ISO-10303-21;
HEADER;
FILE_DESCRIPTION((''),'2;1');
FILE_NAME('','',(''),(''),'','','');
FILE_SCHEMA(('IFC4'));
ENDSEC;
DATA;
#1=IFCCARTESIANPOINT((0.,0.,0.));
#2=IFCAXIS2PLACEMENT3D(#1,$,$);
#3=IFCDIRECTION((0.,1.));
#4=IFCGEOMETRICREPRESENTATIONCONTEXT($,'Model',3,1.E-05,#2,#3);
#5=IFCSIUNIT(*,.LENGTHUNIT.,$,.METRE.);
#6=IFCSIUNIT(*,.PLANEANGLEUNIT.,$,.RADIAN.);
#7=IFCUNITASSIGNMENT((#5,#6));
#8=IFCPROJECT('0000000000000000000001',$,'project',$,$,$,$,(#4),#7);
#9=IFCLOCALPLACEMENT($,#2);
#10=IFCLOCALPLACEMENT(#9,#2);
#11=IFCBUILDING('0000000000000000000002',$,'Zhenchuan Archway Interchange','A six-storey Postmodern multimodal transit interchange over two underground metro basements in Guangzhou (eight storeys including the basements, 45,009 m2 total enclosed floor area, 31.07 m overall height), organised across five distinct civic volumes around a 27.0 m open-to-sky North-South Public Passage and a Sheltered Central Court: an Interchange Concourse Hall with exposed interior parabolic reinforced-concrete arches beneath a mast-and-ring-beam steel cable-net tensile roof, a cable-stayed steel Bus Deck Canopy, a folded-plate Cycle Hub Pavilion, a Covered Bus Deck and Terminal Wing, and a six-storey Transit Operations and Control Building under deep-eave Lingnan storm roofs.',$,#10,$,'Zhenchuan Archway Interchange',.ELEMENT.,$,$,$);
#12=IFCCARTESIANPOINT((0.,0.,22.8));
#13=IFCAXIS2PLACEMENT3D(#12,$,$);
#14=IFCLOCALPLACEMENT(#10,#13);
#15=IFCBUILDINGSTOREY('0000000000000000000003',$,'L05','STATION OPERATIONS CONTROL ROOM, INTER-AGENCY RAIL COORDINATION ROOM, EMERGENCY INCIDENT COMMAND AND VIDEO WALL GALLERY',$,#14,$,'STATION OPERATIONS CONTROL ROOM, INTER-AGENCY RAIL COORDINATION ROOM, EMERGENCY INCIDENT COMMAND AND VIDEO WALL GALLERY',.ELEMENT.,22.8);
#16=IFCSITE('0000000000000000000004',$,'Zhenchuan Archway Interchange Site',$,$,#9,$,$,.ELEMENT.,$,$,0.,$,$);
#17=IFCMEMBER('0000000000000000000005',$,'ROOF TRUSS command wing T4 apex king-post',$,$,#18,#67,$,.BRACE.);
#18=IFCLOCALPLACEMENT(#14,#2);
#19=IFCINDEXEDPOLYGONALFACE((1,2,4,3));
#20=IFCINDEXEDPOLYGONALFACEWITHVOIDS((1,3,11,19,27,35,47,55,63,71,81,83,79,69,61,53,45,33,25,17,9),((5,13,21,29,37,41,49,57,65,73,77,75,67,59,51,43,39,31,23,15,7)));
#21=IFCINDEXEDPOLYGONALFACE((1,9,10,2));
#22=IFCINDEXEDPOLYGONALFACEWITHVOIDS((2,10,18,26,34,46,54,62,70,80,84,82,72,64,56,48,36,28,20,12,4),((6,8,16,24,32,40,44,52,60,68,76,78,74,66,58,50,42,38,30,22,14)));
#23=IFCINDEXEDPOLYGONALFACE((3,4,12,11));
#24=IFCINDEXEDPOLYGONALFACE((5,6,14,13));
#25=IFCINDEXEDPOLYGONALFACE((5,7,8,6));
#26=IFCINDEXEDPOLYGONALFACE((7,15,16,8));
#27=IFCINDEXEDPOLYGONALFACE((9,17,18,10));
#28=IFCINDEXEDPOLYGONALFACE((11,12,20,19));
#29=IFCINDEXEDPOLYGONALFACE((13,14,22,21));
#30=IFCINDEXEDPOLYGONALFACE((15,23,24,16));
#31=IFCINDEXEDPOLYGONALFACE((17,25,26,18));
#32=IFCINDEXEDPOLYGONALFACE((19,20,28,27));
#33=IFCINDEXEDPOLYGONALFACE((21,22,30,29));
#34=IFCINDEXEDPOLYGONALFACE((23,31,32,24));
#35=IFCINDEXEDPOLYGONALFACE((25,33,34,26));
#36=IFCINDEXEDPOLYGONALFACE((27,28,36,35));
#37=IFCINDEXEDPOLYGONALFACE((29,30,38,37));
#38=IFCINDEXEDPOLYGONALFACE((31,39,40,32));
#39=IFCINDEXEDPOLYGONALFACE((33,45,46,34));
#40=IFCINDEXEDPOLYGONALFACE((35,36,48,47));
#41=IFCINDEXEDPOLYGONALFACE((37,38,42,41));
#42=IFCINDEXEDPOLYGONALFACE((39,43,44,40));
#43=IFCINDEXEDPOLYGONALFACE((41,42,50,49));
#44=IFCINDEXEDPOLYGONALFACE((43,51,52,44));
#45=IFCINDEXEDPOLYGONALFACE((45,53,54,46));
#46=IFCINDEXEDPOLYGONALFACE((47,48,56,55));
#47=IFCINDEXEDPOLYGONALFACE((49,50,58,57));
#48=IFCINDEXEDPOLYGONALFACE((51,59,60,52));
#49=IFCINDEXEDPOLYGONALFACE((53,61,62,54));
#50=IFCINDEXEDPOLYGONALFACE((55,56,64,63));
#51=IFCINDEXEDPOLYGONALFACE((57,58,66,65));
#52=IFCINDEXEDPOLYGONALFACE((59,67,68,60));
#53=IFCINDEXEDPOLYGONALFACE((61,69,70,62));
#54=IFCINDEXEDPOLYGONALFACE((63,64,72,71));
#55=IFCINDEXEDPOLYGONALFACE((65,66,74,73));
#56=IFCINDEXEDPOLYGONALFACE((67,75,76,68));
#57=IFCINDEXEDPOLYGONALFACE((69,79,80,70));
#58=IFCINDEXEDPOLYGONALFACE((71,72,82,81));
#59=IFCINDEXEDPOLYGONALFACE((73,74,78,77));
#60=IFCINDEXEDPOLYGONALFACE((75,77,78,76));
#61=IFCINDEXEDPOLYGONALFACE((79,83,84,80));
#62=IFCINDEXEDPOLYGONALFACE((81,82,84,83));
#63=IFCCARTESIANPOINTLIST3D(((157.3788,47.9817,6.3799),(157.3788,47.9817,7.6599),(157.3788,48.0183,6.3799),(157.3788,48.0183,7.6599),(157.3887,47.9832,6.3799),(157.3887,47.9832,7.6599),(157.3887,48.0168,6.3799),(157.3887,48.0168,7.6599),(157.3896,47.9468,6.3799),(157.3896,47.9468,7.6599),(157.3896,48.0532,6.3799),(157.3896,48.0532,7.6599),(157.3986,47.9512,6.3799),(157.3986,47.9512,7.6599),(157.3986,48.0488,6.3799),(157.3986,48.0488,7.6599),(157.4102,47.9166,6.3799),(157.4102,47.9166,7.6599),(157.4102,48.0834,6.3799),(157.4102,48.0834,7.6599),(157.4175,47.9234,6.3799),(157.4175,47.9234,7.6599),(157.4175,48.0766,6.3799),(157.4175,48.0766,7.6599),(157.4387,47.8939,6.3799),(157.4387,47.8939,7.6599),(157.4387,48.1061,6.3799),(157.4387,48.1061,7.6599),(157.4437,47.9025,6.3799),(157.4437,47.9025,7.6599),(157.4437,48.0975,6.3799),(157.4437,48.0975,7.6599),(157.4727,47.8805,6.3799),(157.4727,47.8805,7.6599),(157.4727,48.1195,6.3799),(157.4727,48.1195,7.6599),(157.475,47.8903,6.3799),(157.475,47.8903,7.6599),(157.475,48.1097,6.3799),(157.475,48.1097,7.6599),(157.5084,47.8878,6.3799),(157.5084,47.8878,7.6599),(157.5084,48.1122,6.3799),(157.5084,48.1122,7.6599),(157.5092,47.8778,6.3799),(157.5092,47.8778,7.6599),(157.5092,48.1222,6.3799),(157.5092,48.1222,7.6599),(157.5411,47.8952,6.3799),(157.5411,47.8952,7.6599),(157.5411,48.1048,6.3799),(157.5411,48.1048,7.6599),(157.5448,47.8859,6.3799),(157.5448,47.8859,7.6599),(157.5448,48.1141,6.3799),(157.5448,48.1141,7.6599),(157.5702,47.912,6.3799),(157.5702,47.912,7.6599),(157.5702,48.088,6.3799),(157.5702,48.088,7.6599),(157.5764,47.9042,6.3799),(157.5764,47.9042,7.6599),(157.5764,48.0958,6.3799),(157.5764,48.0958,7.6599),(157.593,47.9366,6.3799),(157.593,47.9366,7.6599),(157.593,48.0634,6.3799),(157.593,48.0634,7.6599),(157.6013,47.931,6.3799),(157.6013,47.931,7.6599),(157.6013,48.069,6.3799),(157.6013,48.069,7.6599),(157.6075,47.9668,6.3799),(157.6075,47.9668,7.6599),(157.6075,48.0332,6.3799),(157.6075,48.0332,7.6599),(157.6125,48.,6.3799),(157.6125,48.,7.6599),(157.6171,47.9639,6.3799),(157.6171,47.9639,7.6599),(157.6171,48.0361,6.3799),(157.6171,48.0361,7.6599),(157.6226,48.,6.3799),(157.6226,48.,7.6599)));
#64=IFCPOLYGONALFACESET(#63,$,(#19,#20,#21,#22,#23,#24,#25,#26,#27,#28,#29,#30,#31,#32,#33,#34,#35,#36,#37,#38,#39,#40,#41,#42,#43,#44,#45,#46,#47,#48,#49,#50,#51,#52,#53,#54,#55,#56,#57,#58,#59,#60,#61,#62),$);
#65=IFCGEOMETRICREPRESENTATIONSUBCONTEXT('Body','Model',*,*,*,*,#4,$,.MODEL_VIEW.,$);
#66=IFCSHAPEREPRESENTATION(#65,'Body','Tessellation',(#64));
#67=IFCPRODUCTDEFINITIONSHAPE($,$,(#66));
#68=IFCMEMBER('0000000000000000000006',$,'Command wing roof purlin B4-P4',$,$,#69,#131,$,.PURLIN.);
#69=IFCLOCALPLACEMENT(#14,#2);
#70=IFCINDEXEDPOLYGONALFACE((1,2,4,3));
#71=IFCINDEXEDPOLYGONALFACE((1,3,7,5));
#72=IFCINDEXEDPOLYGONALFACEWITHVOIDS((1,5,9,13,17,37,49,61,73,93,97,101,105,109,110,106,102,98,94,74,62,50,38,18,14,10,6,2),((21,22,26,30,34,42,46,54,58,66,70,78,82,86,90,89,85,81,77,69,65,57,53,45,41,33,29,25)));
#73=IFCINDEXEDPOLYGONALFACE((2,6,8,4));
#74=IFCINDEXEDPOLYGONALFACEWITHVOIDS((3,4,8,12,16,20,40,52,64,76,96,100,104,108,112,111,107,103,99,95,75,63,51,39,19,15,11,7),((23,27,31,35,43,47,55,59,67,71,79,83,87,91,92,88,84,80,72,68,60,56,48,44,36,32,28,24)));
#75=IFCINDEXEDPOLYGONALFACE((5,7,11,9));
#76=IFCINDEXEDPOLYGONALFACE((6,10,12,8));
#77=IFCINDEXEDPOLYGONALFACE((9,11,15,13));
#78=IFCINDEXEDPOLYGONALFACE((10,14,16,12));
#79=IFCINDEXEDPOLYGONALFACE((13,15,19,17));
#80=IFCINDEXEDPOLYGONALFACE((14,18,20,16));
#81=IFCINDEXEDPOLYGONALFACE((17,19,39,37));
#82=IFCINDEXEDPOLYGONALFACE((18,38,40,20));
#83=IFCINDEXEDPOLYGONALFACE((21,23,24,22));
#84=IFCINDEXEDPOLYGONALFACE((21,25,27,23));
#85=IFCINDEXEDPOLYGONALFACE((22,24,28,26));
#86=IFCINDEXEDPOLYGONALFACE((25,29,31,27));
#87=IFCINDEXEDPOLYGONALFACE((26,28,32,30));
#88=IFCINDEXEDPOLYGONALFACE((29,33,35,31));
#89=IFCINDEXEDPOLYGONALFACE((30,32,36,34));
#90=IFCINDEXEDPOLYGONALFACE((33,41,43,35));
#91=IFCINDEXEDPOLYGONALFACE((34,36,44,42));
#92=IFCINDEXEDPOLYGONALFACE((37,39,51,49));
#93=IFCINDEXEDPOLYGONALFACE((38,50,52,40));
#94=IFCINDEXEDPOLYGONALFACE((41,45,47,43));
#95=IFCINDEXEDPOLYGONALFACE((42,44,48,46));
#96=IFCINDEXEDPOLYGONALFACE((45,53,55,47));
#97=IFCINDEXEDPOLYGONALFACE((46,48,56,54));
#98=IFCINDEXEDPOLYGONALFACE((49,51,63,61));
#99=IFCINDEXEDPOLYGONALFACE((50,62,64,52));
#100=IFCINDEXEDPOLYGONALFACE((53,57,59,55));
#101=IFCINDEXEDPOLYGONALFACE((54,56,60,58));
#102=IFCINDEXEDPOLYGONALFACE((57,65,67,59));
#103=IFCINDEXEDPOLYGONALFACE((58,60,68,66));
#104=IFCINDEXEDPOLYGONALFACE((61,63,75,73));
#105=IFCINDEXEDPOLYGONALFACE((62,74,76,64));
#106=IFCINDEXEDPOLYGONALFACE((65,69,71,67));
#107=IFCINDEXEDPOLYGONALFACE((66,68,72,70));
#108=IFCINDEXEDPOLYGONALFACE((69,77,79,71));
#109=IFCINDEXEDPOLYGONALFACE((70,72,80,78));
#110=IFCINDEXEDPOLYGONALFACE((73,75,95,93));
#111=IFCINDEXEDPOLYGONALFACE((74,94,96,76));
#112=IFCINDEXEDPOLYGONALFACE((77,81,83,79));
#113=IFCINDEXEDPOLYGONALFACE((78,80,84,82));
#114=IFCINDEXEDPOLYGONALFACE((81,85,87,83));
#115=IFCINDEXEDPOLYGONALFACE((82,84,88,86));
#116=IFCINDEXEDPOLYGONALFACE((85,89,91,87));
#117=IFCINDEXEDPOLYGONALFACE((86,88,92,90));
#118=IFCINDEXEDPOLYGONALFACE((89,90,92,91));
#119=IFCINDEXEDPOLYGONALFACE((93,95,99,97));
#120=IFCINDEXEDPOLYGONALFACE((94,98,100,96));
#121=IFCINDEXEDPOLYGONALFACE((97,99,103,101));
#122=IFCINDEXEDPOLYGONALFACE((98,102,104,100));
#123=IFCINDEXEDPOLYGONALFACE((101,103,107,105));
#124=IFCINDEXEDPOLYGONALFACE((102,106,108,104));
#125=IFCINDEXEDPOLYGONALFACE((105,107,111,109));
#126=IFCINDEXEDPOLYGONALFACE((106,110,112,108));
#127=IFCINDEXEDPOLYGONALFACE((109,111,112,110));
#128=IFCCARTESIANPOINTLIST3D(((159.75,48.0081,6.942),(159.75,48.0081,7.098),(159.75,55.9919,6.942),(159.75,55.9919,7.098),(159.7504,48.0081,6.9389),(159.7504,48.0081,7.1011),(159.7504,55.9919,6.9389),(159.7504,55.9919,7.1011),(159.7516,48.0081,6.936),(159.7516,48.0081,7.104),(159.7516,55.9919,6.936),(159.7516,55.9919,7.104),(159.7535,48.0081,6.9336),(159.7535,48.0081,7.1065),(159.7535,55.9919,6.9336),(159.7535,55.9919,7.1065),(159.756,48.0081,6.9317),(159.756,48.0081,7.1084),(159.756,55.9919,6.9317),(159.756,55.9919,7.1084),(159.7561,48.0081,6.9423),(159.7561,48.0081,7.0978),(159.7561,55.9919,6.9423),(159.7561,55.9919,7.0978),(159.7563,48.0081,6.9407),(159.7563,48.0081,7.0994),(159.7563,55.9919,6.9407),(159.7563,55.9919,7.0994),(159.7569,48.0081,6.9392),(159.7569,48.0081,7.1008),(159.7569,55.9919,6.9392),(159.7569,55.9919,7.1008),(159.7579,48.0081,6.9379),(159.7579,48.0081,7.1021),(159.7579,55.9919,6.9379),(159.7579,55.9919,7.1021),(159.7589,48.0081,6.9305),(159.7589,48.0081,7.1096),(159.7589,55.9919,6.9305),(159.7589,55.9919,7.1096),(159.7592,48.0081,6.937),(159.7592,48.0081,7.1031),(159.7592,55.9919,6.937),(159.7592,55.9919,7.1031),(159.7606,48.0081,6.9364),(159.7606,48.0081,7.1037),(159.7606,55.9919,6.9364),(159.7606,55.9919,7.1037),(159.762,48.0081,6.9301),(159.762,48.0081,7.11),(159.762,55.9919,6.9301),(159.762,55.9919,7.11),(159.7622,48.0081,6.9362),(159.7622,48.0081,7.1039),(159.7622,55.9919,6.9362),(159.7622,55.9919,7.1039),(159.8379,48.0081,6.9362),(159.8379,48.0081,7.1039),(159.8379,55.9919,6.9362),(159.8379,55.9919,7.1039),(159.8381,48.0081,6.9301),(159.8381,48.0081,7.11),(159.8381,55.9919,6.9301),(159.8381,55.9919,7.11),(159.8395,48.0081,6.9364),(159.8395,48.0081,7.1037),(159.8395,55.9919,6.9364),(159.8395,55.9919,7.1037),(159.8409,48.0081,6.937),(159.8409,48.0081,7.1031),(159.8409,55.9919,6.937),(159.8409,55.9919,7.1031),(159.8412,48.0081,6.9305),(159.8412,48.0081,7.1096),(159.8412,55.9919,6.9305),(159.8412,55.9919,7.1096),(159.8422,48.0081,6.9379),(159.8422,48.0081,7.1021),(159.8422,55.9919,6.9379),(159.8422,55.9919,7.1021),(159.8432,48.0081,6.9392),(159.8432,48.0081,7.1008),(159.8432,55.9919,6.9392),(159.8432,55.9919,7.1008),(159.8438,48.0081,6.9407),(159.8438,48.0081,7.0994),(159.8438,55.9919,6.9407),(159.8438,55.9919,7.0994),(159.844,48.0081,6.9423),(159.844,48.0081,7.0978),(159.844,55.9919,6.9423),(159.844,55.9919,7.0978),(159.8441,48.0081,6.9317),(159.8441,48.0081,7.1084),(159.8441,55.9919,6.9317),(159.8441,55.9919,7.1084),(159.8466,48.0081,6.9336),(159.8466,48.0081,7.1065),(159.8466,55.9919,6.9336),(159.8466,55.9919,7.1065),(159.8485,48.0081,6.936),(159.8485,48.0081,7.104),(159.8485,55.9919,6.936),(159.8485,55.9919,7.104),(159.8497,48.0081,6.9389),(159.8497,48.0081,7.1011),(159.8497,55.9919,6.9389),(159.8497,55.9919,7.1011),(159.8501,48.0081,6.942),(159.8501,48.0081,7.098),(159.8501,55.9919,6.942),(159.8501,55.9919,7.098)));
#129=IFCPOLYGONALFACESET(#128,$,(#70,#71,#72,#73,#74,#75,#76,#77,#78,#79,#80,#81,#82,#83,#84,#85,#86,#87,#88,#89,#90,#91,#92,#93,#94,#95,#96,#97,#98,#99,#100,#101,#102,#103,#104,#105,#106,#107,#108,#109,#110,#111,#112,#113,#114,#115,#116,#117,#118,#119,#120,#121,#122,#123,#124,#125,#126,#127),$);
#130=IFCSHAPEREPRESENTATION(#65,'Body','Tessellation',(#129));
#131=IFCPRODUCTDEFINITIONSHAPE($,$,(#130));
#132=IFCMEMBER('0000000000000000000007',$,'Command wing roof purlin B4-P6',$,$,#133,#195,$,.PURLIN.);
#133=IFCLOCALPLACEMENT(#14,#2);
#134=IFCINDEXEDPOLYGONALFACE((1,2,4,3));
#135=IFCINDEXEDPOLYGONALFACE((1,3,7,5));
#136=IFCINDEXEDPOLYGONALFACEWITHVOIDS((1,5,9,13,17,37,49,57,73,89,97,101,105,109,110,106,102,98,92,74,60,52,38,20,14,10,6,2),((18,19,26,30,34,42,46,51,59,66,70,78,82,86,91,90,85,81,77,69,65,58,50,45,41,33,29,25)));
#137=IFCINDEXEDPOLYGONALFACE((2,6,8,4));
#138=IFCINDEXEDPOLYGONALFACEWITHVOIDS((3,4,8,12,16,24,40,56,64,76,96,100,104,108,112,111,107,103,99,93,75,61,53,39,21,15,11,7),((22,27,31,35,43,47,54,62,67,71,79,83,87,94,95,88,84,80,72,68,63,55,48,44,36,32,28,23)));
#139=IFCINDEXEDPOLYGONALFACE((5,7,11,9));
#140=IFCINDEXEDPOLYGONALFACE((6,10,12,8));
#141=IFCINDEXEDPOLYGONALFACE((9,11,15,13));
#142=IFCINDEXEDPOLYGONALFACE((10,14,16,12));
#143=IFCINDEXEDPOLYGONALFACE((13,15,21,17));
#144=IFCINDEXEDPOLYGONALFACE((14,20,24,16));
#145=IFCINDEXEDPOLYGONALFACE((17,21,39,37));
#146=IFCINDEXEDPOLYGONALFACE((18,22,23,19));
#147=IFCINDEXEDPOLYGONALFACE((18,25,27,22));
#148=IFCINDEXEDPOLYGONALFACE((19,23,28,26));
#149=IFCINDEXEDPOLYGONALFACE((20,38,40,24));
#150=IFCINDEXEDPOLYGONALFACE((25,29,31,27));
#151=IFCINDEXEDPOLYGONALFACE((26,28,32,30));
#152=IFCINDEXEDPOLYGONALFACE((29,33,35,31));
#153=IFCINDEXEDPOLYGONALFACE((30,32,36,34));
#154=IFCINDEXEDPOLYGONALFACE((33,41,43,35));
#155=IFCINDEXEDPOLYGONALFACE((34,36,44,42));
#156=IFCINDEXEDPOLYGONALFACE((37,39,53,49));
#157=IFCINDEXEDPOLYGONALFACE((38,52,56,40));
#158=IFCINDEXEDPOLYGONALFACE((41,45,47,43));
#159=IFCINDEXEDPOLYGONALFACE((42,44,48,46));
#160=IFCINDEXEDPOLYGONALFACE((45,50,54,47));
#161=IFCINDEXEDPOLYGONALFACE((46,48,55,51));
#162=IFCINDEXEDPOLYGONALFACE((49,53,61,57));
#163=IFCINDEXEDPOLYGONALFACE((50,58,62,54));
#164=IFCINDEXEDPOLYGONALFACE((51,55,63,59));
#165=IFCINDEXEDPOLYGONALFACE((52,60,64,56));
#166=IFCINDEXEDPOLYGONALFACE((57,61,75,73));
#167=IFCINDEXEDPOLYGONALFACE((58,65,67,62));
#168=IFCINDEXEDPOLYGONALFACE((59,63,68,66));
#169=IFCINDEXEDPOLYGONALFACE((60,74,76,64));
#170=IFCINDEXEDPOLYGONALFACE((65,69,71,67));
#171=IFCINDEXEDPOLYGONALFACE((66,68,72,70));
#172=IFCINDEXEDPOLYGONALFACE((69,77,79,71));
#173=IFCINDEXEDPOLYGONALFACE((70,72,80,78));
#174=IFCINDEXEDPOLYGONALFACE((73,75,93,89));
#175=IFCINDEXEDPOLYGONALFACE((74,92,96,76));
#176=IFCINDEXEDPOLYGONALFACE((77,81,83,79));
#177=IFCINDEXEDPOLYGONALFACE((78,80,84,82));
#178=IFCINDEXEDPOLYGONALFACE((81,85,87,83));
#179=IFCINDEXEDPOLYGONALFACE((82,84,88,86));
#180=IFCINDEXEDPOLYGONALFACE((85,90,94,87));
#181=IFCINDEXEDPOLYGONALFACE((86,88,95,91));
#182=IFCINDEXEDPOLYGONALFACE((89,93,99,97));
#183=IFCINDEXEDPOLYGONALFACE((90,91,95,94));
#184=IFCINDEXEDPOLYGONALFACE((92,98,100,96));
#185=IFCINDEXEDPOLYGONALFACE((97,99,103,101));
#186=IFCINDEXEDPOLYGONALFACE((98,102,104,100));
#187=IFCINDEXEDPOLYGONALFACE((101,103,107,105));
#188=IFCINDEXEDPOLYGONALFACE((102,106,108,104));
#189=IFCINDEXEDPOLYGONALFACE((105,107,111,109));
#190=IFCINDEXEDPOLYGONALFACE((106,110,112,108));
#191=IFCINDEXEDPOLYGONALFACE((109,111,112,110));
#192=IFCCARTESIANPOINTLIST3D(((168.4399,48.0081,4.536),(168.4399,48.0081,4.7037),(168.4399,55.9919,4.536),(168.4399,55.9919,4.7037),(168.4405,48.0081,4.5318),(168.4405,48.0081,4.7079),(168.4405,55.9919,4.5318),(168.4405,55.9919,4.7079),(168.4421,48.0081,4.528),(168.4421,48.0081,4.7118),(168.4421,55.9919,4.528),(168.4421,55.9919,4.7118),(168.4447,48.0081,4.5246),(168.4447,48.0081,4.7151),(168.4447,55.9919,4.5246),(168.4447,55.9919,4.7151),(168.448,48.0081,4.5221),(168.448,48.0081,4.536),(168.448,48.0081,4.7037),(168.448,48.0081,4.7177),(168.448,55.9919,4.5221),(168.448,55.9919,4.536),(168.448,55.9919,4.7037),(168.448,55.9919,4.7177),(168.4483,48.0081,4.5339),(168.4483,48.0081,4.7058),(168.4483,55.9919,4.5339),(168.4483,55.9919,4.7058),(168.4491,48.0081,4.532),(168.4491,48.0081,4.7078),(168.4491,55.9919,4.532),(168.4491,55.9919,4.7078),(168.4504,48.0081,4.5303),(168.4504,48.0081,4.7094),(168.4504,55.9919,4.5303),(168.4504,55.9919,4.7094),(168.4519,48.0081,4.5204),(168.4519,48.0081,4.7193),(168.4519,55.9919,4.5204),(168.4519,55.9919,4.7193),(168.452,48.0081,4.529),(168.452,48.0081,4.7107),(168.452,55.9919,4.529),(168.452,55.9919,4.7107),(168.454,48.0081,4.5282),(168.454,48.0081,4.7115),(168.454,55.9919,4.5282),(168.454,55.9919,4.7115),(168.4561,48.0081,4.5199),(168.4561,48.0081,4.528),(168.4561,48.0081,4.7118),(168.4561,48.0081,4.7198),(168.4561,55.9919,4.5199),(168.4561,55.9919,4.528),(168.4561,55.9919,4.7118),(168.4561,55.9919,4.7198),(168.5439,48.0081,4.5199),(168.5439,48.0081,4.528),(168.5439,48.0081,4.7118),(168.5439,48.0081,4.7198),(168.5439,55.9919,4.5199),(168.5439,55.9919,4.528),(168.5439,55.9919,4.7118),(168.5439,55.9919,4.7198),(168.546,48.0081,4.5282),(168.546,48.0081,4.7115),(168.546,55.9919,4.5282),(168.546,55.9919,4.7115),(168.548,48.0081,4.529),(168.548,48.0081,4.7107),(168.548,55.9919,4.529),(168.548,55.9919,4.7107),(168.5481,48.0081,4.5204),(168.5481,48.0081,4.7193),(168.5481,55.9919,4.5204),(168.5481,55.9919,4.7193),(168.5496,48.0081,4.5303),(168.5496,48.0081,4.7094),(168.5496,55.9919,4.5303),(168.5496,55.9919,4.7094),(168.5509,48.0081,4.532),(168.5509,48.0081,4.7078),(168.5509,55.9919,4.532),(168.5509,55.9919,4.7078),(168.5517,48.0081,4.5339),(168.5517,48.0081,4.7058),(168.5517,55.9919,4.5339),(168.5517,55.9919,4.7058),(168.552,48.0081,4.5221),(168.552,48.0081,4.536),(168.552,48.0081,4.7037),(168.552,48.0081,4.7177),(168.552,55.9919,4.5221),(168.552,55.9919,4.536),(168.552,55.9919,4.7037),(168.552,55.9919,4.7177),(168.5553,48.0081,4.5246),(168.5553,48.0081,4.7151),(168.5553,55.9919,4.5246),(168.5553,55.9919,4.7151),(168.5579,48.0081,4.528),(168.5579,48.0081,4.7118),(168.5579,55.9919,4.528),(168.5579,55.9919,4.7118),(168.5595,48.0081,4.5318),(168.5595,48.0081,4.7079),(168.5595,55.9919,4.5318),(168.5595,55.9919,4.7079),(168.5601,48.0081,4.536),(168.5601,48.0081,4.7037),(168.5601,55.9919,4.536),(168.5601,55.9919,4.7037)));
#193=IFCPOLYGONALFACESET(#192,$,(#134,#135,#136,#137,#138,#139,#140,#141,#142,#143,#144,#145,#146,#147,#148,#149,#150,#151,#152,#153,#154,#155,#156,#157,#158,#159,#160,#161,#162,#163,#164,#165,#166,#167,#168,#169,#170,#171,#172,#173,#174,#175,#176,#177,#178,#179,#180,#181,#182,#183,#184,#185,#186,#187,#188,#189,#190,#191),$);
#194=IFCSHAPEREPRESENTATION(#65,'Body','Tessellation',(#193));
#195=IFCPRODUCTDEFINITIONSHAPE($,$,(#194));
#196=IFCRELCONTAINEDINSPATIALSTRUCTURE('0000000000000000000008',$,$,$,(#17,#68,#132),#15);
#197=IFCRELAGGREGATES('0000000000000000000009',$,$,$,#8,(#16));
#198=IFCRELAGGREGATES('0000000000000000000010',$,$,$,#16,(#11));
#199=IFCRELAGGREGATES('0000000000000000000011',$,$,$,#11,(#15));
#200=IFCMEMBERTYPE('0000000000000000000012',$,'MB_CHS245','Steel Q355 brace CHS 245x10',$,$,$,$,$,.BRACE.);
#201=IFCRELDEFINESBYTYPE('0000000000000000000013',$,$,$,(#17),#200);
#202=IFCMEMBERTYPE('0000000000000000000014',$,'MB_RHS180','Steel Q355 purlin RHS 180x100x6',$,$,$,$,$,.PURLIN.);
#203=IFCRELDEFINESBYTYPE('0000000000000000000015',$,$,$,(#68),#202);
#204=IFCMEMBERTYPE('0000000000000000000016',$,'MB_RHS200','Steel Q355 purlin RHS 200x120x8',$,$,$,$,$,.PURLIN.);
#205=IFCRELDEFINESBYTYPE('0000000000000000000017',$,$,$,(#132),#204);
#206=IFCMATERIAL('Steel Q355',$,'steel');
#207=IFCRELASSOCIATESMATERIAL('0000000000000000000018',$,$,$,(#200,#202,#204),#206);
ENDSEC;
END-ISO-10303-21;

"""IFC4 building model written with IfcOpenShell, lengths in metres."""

from ifc_helpers import new_model, si_unit, direction, frame, origin, origin_2d, place, context, subcontext, project, spatial, hollow_rectangle, hollow_circle, extrude, material, material_profile, profile_set, type_object, element, save


model = new_model("IFC4")

# Units and contexts
model_context = context("Model", 3, precision=1e-05, world=origin(), true_north=direction((0.0, 1.0)))
body_context = subcontext(model_context, "Body", "Model", "MODEL_VIEW")
ifc_project = project(units=[si_unit("LENGTHUNIT", "METRE"), si_unit("PLANEANGLEUNIT", "RADIAN")], contexts=[model_context])

# Site, building, storey
site_placement = place(None, origin())
site = spatial("IfcSite", under=ifc_project, at=site_placement, Name="Zhenchuan Archway Interchange Site", CompositionType="ELEMENT", RefElevation=0.0)
building_placement = place(site_placement, origin())
building = spatial("IfcBuilding", under=site, at=building_placement, Name="Zhenchuan Archway Interchange", Description="A six-storey Postmodern multimodal transit interchange over two underground metro basements in Guangzhou (eight storeys including the basements, 45,009 m2 total enclosed floor area, 31.07 m overall height), organised across five distinct civic volumes around a 27.0 m open-to-sky North-South Public Passage and a Sheltered Central Court: an Interchange Concourse Hall with exposed interior parabolic reinforced-concrete arches beneath a mast-and-ring-beam steel cable-net tensile roof, a cable-stayed steel Bus Deck Canopy, a folded-plate Cycle Hub Pavilion, a Covered Bus Deck and Terminal Wing, and a six-storey Transit Operations and Control Building under deep-eave Lingnan storm roofs.", LongName="Zhenchuan Archway Interchange", CompositionType="ELEMENT")
storey_placement = place(building_placement, frame((0.0, 0.0, 22.8)))
storey = spatial("IfcBuildingStorey", under=building, at=storey_placement, Name="L05", Description="STATION OPERATIONS CONTROL ROOM, INTER-AGENCY RAIL COORDINATION ROOM, EMERGENCY INCIDENT COMMAND AND VIDEO WALL GALLERY", LongName="STATION OPERATIONS CONTROL ROOM, INTER-AGENCY RAIL COORDINATION ROOM, EMERGENCY INCIDENT COMMAND AND VIDEO WALL GALLERY", CompositionType="ELEMENT", Elevation=22.8)

# Shared definitions
ifc_material_1 = material(Name="Steel Q355", Category="steel")

# Members
ifc_material_profile_1 = material_profile(ifc_material_1, hollow_circle(Radius=0.1226, WallThickness=0.01, at=origin_2d()), Name="CHS 245x10")
ifc_profile_set_1 = profile_set([ifc_material_profile_1], Name="Steel Q355")
member_type_1 = type_object("IfcMemberType", Name="MB_CHS245", Description="Steel Q355 brace CHS 245x10", PredefinedType="BRACE", material=ifc_profile_set_1)
member_1_placement = place(storey_placement, frame((157.5, 48.0, 6.3799), z_axis=(0.0, 0.0, 1.0), x_axis=(1.0, 0.0, 0.0)))
element("IfcMember", 1, at=member_1_placement, inside=storey, type_object=member_type_1, Name="ROOF TRUSS command wing T4 apex king-post", PredefinedType="BRACE", context=body_context, shape_type="SweptSolid", body=[
    extrude(hollow_circle(Radius=0.1226, WallThickness=0.01, at=origin_2d()), origin(), (0.0, 0.0, 1.0), 1.28),
])
ifc_material_profile_2 = material_profile(ifc_material_1, hollow_rectangle(XDim=0.1001, YDim=0.1799, WallThickness=0.0061, InnerFilletRadius=0.0061, OuterFilletRadius=0.012, at=origin_2d()), Name="RHS 180x100x6")
ifc_profile_set_2 = profile_set([ifc_material_profile_2], Name="Steel Q355")
member_type_2 = type_object("IfcMemberType", Name="MB_RHS180", Description="Steel Q355 purlin RHS 180x100x6", PredefinedType="PURLIN", material=ifc_profile_set_2)
member_2_placement = place(storey_placement, frame((159.8, 48.0081, 7.02), z_axis=(0.0, 1.0, 0.0), x_axis=(-1.0, 0.0, 0.0)))
element("IfcMember", 2, at=member_2_placement, inside=storey, type_object=member_type_2, Name="Command wing roof purlin B4-P4", PredefinedType="PURLIN", context=body_context, shape_type="SweptSolid", body=[
    extrude(hollow_rectangle(XDim=0.1001, YDim=0.1799, WallThickness=0.0061, InnerFilletRadius=0.0061, OuterFilletRadius=0.012, at=origin_2d()), origin(), (0.0, 0.0, 1.0), 7.9839),
])
ifc_material_profile_3 = material_profile(ifc_material_1, hollow_rectangle(XDim=0.1201, YDim=0.2, WallThickness=0.0081, InnerFilletRadius=0.0081, OuterFilletRadius=0.0161, at=origin_2d()), Name="RHS 200x120x8")
ifc_profile_set_3 = profile_set([ifc_material_profile_3], Name="Steel Q355")
member_type_3 = type_object("IfcMemberType", Name="MB_RHS200", Description="Steel Q355 purlin RHS 200x120x8", PredefinedType="PURLIN", material=ifc_profile_set_3)
member_3_placement = place(storey_placement, frame((168.5, 48.0081, 4.6199), z_axis=(0.0, 1.0, 0.0), x_axis=(-1.0, 0.0, 0.0)))
element("IfcMember", 3, at=member_3_placement, inside=storey, type_object=member_type_3, Name="Command wing roof purlin B4-P6", PredefinedType="PURLIN", context=body_context, shape_type="SweptSolid", body=[
    extrude(hollow_rectangle(XDim=0.1201, YDim=0.2, WallThickness=0.0081, InnerFilletRadius=0.0081, OuterFilletRadius=0.0161, at=origin_2d()), origin(), (0.0, 0.0, 1.0), 7.9839),
])

save(model, "model.ifc")
